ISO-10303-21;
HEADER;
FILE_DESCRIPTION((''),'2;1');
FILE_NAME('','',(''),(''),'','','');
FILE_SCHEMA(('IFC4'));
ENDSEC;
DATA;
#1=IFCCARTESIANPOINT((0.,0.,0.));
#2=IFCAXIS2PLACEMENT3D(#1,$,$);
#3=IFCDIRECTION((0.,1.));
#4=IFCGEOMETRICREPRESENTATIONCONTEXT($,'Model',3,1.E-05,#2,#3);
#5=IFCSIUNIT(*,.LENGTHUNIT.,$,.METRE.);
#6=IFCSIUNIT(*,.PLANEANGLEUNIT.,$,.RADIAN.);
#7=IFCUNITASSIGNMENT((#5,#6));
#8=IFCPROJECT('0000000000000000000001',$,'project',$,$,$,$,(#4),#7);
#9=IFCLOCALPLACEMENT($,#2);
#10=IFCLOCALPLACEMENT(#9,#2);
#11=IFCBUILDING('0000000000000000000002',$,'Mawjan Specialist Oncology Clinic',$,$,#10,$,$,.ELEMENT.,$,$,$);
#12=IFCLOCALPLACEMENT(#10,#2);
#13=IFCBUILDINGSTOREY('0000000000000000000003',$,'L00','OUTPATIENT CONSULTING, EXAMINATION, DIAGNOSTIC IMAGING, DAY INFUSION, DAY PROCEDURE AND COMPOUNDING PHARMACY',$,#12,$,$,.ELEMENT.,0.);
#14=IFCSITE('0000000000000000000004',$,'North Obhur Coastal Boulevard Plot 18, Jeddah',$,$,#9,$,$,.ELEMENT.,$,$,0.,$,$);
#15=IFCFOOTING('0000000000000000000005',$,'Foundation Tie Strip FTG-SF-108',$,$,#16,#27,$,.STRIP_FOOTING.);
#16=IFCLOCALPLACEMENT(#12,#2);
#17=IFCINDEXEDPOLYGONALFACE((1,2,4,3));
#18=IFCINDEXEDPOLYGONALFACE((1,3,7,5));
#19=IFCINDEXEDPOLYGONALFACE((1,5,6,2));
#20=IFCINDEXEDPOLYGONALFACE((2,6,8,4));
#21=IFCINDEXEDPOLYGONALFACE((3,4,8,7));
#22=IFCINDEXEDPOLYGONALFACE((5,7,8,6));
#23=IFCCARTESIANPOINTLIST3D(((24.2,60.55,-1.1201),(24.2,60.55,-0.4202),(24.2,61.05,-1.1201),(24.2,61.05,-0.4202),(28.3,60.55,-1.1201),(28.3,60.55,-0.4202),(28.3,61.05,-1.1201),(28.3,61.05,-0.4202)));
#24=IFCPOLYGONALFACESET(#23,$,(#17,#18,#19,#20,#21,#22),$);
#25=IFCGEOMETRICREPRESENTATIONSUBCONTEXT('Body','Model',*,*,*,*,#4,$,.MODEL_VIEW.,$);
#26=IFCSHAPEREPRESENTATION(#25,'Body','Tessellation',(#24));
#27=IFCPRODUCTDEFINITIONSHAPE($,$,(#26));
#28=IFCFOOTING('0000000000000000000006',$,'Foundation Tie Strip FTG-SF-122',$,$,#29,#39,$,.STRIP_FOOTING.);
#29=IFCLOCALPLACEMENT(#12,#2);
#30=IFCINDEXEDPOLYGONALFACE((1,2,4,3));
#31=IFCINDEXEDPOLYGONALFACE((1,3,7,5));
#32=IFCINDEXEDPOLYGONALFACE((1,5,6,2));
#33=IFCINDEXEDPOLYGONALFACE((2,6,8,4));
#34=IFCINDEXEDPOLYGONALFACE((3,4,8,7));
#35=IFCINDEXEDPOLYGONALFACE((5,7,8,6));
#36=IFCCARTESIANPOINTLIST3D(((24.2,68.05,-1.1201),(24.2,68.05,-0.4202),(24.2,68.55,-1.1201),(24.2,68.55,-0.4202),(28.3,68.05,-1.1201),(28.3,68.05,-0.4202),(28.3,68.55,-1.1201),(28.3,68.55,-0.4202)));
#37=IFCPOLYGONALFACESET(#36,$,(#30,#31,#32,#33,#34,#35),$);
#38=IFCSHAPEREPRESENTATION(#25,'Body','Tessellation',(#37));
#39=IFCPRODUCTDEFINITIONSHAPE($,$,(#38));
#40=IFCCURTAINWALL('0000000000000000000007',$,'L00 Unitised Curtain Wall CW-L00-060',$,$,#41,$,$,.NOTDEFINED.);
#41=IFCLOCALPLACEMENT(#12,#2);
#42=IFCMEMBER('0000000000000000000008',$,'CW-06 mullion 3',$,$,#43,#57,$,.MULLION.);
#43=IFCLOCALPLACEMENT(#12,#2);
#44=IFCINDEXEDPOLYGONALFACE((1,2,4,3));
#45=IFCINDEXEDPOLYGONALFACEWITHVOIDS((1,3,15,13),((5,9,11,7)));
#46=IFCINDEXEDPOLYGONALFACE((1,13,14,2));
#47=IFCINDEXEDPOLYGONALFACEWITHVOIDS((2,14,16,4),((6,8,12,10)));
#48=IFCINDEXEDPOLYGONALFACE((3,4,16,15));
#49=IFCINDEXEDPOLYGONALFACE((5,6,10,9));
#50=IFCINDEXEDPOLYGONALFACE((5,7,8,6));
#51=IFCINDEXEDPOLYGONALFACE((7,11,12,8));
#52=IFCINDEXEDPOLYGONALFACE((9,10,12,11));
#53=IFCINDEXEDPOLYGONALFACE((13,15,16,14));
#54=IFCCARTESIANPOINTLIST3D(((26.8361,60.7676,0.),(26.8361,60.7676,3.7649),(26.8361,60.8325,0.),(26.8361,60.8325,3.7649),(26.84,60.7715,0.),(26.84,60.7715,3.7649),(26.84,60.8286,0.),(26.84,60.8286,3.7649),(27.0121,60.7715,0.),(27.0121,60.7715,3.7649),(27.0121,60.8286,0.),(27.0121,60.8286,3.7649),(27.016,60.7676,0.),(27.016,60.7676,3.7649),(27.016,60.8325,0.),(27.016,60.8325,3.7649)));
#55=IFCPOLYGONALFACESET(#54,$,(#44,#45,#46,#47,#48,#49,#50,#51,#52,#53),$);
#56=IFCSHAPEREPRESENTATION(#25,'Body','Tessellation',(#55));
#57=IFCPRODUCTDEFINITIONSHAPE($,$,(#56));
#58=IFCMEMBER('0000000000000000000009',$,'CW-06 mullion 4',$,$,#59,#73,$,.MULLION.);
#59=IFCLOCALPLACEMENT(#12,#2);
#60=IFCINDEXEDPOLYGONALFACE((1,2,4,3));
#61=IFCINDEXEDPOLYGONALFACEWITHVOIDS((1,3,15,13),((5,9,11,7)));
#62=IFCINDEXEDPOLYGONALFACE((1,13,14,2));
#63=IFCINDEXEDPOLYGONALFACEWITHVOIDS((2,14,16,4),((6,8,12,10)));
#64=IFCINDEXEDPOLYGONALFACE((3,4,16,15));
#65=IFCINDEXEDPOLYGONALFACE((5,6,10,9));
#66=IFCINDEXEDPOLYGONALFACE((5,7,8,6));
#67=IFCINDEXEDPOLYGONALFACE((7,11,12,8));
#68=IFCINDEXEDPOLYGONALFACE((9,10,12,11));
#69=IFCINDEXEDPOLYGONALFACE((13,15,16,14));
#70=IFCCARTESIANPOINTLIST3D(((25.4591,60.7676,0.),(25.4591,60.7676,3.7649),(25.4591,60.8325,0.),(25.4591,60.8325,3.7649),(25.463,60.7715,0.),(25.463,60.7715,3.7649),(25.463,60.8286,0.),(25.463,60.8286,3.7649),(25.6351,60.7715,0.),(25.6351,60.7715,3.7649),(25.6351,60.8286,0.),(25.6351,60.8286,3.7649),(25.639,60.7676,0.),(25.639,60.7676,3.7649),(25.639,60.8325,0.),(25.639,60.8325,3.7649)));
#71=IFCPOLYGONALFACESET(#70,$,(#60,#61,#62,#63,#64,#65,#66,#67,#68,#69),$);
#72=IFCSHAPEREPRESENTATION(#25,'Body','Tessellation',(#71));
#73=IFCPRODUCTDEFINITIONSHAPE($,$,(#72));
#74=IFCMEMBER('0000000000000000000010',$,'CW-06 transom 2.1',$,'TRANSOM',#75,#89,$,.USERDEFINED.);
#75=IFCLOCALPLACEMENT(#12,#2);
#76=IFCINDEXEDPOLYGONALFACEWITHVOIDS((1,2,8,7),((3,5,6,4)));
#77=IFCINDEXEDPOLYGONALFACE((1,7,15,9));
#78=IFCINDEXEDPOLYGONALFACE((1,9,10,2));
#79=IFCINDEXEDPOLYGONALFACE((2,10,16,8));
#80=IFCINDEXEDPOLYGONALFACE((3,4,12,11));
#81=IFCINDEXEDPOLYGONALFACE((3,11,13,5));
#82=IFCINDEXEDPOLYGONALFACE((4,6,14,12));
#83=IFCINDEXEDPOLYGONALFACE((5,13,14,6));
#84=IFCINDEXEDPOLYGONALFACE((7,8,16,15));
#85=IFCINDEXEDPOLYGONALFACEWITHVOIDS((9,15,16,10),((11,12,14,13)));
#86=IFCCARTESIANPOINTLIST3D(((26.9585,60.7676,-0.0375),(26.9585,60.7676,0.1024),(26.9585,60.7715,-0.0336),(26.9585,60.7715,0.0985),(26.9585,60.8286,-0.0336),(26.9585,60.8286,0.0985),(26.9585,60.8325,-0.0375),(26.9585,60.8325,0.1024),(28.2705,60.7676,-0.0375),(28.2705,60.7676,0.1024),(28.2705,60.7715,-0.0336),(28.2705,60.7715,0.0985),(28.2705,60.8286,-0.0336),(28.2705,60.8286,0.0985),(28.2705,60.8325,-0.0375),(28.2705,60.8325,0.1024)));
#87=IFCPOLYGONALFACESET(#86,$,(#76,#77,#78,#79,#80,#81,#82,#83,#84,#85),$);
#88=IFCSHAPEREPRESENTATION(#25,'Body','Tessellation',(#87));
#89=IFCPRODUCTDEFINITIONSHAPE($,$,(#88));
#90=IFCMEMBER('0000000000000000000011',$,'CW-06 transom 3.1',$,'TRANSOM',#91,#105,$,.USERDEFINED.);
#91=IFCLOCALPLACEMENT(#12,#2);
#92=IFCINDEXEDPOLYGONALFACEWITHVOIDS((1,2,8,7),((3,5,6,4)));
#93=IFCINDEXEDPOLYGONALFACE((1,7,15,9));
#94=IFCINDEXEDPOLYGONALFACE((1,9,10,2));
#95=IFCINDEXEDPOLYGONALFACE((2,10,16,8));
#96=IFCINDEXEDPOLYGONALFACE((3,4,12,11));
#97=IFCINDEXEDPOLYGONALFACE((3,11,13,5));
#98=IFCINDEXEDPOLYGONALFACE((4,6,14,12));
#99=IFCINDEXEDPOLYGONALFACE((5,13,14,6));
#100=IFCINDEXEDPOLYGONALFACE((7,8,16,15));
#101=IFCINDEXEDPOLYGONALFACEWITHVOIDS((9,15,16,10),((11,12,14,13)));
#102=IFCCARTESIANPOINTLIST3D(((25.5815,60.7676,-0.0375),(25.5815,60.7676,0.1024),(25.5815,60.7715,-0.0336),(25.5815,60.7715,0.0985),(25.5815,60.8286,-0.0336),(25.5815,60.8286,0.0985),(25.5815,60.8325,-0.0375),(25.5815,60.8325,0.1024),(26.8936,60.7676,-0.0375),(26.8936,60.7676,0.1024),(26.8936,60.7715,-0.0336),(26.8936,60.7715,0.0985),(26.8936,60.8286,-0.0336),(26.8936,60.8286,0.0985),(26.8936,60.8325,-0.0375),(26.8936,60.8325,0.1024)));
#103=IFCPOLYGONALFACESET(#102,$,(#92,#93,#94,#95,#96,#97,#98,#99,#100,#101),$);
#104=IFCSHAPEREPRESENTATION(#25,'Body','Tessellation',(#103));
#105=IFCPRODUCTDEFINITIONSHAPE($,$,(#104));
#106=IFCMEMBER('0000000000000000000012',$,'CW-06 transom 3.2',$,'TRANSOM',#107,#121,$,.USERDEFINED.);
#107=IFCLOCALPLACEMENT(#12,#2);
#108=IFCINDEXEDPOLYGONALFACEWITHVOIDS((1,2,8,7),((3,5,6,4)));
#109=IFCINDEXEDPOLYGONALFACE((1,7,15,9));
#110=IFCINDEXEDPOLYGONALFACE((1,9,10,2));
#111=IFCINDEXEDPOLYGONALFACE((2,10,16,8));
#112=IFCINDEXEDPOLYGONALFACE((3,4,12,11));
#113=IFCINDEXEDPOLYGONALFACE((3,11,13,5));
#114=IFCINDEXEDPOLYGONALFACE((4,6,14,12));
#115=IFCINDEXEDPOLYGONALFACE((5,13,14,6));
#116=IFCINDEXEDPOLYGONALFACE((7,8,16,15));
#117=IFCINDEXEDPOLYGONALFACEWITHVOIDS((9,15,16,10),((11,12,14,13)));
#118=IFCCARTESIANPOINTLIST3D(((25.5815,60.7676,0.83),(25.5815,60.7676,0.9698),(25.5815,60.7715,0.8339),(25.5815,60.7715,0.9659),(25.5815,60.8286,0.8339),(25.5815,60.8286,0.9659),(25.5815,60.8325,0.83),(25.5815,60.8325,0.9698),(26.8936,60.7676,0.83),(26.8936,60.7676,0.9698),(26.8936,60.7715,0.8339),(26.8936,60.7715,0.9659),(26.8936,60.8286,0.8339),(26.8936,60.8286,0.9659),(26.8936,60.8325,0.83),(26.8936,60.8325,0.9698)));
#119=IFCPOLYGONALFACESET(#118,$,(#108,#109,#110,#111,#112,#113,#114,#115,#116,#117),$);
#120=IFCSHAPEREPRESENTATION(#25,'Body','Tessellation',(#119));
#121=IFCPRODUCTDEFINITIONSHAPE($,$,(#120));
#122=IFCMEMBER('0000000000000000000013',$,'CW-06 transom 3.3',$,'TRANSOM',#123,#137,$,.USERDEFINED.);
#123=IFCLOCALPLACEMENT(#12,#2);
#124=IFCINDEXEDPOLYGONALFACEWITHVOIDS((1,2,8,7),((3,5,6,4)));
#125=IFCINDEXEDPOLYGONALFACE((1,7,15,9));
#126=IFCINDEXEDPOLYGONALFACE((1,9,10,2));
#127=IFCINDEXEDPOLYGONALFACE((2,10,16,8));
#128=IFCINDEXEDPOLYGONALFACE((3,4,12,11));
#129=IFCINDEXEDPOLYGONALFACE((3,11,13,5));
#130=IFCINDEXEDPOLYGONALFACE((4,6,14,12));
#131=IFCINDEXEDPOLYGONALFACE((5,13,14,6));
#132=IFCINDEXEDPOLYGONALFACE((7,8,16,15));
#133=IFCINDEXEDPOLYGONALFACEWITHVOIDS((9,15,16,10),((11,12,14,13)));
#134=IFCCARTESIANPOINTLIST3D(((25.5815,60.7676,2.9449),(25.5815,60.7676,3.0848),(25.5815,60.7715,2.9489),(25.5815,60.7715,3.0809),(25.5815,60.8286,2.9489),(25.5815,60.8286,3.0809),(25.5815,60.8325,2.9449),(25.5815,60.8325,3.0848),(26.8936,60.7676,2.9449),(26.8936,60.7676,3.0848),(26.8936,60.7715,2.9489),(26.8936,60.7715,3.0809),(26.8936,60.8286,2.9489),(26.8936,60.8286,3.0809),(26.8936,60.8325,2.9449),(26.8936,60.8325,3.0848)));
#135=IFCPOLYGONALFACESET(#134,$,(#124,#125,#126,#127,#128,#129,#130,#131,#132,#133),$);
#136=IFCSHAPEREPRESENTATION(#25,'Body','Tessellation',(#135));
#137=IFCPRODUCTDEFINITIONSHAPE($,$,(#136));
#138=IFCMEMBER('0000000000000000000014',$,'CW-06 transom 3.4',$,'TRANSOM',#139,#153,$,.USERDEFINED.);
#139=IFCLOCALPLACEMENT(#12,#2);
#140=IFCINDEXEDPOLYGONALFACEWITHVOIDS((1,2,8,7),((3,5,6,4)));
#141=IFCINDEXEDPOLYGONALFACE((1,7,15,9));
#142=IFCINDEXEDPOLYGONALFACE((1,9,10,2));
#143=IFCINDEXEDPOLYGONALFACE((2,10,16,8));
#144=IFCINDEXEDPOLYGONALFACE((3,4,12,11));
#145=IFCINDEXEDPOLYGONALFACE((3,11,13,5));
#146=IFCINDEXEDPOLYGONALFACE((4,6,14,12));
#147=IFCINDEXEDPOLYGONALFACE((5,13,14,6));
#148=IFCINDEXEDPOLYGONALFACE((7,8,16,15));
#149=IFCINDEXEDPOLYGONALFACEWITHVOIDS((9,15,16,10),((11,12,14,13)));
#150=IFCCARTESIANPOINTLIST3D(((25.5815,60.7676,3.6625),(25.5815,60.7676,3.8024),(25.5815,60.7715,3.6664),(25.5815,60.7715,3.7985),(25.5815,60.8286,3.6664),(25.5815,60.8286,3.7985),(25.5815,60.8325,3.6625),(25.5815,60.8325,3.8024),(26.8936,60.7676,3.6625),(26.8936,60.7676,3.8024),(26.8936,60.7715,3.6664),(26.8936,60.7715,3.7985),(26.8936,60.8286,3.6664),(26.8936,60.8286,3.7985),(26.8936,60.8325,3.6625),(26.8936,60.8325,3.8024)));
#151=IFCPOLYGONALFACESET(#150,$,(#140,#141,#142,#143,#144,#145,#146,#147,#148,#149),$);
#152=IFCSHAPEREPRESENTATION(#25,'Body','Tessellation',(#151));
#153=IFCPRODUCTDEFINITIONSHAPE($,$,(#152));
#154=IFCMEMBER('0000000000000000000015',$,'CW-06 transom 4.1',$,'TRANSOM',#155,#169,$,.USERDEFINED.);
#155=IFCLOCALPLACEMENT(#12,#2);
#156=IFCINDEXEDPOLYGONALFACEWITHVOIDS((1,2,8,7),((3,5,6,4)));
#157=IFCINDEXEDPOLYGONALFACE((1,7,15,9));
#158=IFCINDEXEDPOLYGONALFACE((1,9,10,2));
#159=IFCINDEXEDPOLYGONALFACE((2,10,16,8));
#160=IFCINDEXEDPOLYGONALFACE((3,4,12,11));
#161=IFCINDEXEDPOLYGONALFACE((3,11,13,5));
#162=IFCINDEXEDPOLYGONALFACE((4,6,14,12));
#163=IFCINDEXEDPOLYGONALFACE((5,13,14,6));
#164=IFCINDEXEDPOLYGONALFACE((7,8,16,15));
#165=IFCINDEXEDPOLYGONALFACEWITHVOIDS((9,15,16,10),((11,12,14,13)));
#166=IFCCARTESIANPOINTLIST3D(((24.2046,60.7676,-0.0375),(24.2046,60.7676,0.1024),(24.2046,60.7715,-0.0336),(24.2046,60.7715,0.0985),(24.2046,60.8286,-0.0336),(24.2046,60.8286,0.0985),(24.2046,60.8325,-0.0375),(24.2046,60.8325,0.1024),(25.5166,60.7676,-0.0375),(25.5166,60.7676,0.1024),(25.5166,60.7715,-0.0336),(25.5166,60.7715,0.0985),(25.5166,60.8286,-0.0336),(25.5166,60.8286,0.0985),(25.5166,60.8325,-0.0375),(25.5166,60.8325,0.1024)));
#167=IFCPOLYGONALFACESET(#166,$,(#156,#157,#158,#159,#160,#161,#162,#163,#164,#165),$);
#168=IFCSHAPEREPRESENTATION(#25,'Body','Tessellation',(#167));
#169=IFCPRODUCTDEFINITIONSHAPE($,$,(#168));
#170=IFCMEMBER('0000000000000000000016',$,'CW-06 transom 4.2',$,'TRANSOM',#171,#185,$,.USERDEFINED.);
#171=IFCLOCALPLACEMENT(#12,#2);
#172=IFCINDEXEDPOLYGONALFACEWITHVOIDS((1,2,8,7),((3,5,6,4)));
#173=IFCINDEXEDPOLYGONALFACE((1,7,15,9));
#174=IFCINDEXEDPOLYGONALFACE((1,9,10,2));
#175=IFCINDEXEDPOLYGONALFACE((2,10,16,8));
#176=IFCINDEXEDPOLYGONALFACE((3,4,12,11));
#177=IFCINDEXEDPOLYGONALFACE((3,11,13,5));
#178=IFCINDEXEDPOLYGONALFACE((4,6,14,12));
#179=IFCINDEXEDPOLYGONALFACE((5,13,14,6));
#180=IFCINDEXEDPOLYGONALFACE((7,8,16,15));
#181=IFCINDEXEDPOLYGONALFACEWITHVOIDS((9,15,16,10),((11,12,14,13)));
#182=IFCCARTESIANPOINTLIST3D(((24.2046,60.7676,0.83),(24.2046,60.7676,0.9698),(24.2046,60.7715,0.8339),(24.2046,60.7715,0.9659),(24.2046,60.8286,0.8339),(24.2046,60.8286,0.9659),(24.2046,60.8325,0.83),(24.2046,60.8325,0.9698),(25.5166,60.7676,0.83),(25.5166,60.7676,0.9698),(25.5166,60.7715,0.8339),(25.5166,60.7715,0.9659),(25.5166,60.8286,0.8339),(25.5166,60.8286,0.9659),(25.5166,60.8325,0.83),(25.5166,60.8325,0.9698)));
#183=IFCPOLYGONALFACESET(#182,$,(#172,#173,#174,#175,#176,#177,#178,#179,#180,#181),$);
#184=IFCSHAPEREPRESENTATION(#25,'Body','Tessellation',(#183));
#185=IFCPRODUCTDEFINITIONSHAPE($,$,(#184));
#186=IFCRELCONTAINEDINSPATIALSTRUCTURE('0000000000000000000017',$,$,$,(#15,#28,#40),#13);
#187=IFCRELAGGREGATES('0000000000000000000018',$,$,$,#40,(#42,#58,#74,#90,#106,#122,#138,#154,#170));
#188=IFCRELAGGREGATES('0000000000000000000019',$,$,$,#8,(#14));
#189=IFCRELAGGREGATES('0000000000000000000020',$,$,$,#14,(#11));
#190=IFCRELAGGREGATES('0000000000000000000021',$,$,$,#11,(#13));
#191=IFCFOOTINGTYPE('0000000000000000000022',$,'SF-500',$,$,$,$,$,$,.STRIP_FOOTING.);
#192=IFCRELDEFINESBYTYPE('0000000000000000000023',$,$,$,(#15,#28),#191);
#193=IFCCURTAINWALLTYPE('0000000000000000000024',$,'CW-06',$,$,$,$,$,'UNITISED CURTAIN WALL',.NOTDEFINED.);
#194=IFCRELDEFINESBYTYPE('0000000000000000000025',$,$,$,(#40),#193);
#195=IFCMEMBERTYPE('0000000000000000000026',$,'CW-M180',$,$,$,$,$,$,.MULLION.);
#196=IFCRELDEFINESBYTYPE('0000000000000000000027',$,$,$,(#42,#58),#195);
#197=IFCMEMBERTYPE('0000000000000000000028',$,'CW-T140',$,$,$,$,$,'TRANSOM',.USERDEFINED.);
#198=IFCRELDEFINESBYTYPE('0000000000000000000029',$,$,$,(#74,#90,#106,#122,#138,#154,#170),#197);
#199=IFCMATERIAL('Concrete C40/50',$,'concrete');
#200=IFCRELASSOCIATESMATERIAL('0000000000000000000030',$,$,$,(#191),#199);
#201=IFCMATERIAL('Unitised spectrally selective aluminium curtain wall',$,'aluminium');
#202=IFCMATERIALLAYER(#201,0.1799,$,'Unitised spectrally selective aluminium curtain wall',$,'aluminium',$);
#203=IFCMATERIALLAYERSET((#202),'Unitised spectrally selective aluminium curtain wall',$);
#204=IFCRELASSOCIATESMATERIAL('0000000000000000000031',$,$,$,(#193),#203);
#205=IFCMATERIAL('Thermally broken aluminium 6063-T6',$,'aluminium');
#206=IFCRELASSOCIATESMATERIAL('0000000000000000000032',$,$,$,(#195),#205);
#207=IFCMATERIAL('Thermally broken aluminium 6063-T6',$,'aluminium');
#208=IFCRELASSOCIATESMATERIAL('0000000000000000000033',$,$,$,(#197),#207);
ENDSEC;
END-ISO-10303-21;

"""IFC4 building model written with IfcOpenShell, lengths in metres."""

from ifc_helpers import new_model, si_unit, direction, frame, origin, origin_2d, place, context, subcontext, project, spatial, rectangle, hollow_rectangle, extrude, material, layer, layer_set, material_profile, profile_set, type_object, element, aggregate, save


model = new_model("IFC4")

# Units and contexts
model_context = context("Model", 3, precision=1e-05, world=origin(), true_north=direction((0.0, 1.0)))
body_context = subcontext(model_context, "Body", "Model", "MODEL_VIEW")
ifc_project = project(units=[si_unit("LENGTHUNIT", "METRE"), si_unit("PLANEANGLEUNIT", "RADIAN")], contexts=[model_context])

# Site, building, storey
site_placement = place(None, origin())
site = spatial("IfcSite", under=ifc_project, at=site_placement, Name="North Obhur Coastal Boulevard Plot 18, Jeddah", CompositionType="ELEMENT", RefElevation=0.0)
building_placement = place(site_placement, origin())
building = spatial("IfcBuilding", under=site, at=building_placement, Name="Mawjan Specialist Oncology Clinic", CompositionType="ELEMENT")
storey_placement = place(building_placement, origin())
storey = spatial("IfcBuildingStorey", under=building, at=storey_placement, Name="L00", Description="OUTPATIENT CONSULTING, EXAMINATION, DIAGNOSTIC IMAGING, DAY INFUSION, DAY PROCEDURE AND COMPOUNDING PHARMACY", CompositionType="ELEMENT", Elevation=0.0)

# Footings
ifc_material_1 = material(Name="Concrete C40/50", Category="concrete")
footing_type = type_object("IfcFootingType", Name="SF-500", PredefinedType="STRIP_FOOTING", material=ifc_material_1)
for number, where, z_axis, x_axis, name in (
    (1, (26.25, 60.8, -1.1201), (0.0, 0.0, 1.0), (1.0, 0.0, 0.0), "Foundation Tie Strip FTG-SF-108"),
    (2, (26.25, 68.3, -1.1201), (0.0, 0.0, 1.0), (1.0, 0.0, 0.0), "Foundation Tie Strip FTG-SF-122"),
):
    element("IfcFooting", number, at=place(storey_placement, frame(where, z_axis=z_axis, x_axis=x_axis)), inside=storey, type_object=footing_type, Name=name, PredefinedType="STRIP_FOOTING", context=body_context, shape_type="SweptSolid", body=[
        extrude(rectangle(XDim=4.1001, YDim=0.5, at=origin_2d()), origin(), (0.0, 0.0, 1.0), 0.7),
    ])

# Curtain wall, members
ifc_material_2 = material(Name="Unitised spectrally selective aluminium curtain wall", Category="aluminium")
ifc_layer_1 = layer(ifc_material_2, 0.1799, Name="Unitised spectrally selective aluminium curtain wall", Category="aluminium")
ifc_layer_set_1 = layer_set([ifc_layer_1], Name="Unitised spectrally selective aluminium curtain wall")
curtain_wall_type = type_object("IfcCurtainWallType", Name="CW-06", ElementType="UNITISED CURTAIN WALL", PredefinedType="NOTDEFINED", material=ifc_layer_set_1)
curtain_wall_placement = place(storey_placement, origin())
curtain_wall = element("IfcCurtainWall", 3, at=curtain_wall_placement, inside=storey, type_object=curtain_wall_type, Name="L00 Unitised Curtain Wall CW-L00-060", PredefinedType="NOTDEFINED")
ifc_material_3 = material(Name="Thermally broken aluminium 6063-T6", Category="aluminium")
ifc_material_profile_1 = material_profile(ifc_material_3, hollow_rectangle(XDim=0.0649, YDim=0.1799, WallThickness=0.0039, at=origin_2d()), Name="ALU MULLION 180x65x4", Category="aluminium")
ifc_profile_set_1 = profile_set([ifc_material_profile_1], Name="Thermally broken aluminium 6063-T6")
member_type_1 = type_object("IfcMemberType", Name="CW-M180", PredefinedType="MULLION", material=ifc_profile_set_1)
member_1_placement = place(storey_placement, frame((26.926, 60.8, 0.0), z_axis=(0.0, 0.0, 1.0), x_axis=(0.0, -1.0, 0.0)))
member_1 = element("IfcMember", 4, at=member_1_placement, type_object=member_type_1, Name="CW-06 mullion 3", PredefinedType="MULLION", context=body_context, shape_type="SweptSolid", body=[
    extrude(hollow_rectangle(XDim=0.0649, YDim=0.1799, WallThickness=0.0039, at=origin_2d()), origin(), (0.0, 0.0, 1.0), 3.7649),
])
member_2_placement = place(storey_placement, frame((25.5491, 60.8, 0.0), z_axis=(0.0, 0.0, 1.0), x_axis=(0.0, -1.0, 0.0)))
member_2 = element("IfcMember", 5, at=member_2_placement, type_object=member_type_1, Name="CW-06 mullion 4", PredefinedType="MULLION", context=body_context, shape_type="SweptSolid", body=[
    extrude(hollow_rectangle(XDim=0.0649, YDim=0.1799, WallThickness=0.0039, at=origin_2d()), origin(), (0.0, 0.0, 1.0), 3.7649),
])
ifc_material_4 = material(Name="Thermally broken aluminium 6063-T6", Category="aluminium")
ifc_material_profile_2 = material_profile(ifc_material_4, hollow_rectangle(XDim=0.0649, YDim=0.1399, WallThickness=0.0039, at=origin_2d()), Name="ALU TRANSOM 140x65x4", Category="aluminium")
ifc_profile_set_2 = profile_set([ifc_material_profile_2], Name="Thermally broken aluminium 6063-T6")
member_type_2 = type_object("IfcMemberType", Name="CW-T140", ElementType="TRANSOM", PredefinedType="USERDEFINED", material=ifc_profile_set_2)
member_3_placement = place(storey_placement, frame((28.2705, 60.8, 0.0325), z_axis=(-1.0, 0.0, 0.0), x_axis=(0.0, -1.0, 0.0)))
member_3 = element("IfcMember", 6, at=member_3_placement, type_object=member_type_2, Name="CW-06 transom 2.1", ObjectType="TRANSOM", PredefinedType="USERDEFINED", context=body_context, shape_type="SweptSolid", body=[
    extrude(hollow_rectangle(XDim=0.0649, YDim=0.1399, WallThickness=0.0039, at=origin_2d()), origin(), (0.0, 0.0, 1.0), 1.312),
])
member_4_placement = place(storey_placement, frame((26.8936, 60.8, 0.0325), z_axis=(-1.0, 0.0, 0.0), x_axis=(0.0, -1.0, 0.0)))
member_4 = element("IfcMember", 7, at=member_4_placement, type_object=member_type_2, Name="CW-06 transom 3.1", ObjectType="TRANSOM", PredefinedType="USERDEFINED", context=body_context, shape_type="SweptSolid", body=[
    extrude(hollow_rectangle(XDim=0.0649, YDim=0.1399, WallThickness=0.0039, at=origin_2d()), origin(), (0.0, 0.0, 1.0), 1.312),
])
member_5_placement = place(storey_placement, frame((26.8936, 60.8, 0.8999), z_axis=(-1.0, 0.0, 0.0), x_axis=(0.0, -1.0, 0.0)))
member_5 = element("IfcMember", 8, at=member_5_placement, type_object=member_type_2, Name="CW-06 transom 3.2", ObjectType="TRANSOM", PredefinedType="USERDEFINED", context=body_context, shape_type="SweptSolid", body=[
    extrude(hollow_rectangle(XDim=0.0649, YDim=0.1399, WallThickness=0.0039, at=origin_2d()), origin(), (0.0, 0.0, 1.0), 1.312),
])
member_6_placement = place(storey_placement, frame((26.8936, 60.8, 3.0149), z_axis=(-1.0, 0.0, 0.0), x_axis=(0.0, -1.0, 0.0)))
member_6 = element("IfcMember", 9, at=member_6_placement, type_object=member_type_2, Name="CW-06 transom 3.3", ObjectType="TRANSOM", PredefinedType="USERDEFINED", context=body_context, shape_type="SweptSolid", body=[
    extrude(hollow_rectangle(XDim=0.0649, YDim=0.1399, WallThickness=0.0039, at=origin_2d()), origin(), (0.0, 0.0, 1.0), 1.312),
])
member_7_placement = place(storey_placement, frame((26.8936, 60.8, 3.7324), z_axis=(-1.0, 0.0, 0.0), x_axis=(0.0, -1.0, 0.0)))
member_7 = element("IfcMember", 10, at=member_7_placement, type_object=member_type_2, Name="CW-06 transom 3.4", ObjectType="TRANSOM", PredefinedType="USERDEFINED", context=body_context, shape_type="SweptSolid", body=[
    extrude(hollow_rectangle(XDim=0.0649, YDim=0.1399, WallThickness=0.0039, at=origin_2d()), origin(), (0.0, 0.0, 1.0), 1.312),
])
member_8_placement = place(storey_placement, frame((25.5166, 60.8, 0.0325), z_axis=(-1.0, 0.0, 0.0), x_axis=(0.0, -1.0, 0.0)))
member_8 = element("IfcMember", 11, at=member_8_placement, type_object=member_type_2, Name="CW-06 transom 4.1", ObjectType="TRANSOM", PredefinedType="USERDEFINED", context=body_context, shape_type="SweptSolid", body=[
    extrude(hollow_rectangle(XDim=0.0649, YDim=0.1399, WallThickness=0.0039, at=origin_2d()), origin(), (0.0, 0.0, 1.0), 1.312),
])
member_9_placement = place(storey_placement, frame((25.5166, 60.8, 0.8999), z_axis=(-1.0, 0.0, 0.0), x_axis=(0.0, -1.0, 0.0)))
member_9 = element("IfcMember", 12, at=member_9_placement, type_object=member_type_2, Name="CW-06 transom 4.2", ObjectType="TRANSOM", PredefinedType="USERDEFINED", context=body_context, shape_type="SweptSolid", body=[
    extrude(hollow_rectangle(XDim=0.0649, YDim=0.1399, WallThickness=0.0039, at=origin_2d()), origin(), (0.0, 0.0, 1.0), 1.312),
])
aggregate(curtain_wall, [member_1, member_2, member_3, member_4, member_5, member_6, member_7, member_8, member_9])

save(model, "model.ifc")
